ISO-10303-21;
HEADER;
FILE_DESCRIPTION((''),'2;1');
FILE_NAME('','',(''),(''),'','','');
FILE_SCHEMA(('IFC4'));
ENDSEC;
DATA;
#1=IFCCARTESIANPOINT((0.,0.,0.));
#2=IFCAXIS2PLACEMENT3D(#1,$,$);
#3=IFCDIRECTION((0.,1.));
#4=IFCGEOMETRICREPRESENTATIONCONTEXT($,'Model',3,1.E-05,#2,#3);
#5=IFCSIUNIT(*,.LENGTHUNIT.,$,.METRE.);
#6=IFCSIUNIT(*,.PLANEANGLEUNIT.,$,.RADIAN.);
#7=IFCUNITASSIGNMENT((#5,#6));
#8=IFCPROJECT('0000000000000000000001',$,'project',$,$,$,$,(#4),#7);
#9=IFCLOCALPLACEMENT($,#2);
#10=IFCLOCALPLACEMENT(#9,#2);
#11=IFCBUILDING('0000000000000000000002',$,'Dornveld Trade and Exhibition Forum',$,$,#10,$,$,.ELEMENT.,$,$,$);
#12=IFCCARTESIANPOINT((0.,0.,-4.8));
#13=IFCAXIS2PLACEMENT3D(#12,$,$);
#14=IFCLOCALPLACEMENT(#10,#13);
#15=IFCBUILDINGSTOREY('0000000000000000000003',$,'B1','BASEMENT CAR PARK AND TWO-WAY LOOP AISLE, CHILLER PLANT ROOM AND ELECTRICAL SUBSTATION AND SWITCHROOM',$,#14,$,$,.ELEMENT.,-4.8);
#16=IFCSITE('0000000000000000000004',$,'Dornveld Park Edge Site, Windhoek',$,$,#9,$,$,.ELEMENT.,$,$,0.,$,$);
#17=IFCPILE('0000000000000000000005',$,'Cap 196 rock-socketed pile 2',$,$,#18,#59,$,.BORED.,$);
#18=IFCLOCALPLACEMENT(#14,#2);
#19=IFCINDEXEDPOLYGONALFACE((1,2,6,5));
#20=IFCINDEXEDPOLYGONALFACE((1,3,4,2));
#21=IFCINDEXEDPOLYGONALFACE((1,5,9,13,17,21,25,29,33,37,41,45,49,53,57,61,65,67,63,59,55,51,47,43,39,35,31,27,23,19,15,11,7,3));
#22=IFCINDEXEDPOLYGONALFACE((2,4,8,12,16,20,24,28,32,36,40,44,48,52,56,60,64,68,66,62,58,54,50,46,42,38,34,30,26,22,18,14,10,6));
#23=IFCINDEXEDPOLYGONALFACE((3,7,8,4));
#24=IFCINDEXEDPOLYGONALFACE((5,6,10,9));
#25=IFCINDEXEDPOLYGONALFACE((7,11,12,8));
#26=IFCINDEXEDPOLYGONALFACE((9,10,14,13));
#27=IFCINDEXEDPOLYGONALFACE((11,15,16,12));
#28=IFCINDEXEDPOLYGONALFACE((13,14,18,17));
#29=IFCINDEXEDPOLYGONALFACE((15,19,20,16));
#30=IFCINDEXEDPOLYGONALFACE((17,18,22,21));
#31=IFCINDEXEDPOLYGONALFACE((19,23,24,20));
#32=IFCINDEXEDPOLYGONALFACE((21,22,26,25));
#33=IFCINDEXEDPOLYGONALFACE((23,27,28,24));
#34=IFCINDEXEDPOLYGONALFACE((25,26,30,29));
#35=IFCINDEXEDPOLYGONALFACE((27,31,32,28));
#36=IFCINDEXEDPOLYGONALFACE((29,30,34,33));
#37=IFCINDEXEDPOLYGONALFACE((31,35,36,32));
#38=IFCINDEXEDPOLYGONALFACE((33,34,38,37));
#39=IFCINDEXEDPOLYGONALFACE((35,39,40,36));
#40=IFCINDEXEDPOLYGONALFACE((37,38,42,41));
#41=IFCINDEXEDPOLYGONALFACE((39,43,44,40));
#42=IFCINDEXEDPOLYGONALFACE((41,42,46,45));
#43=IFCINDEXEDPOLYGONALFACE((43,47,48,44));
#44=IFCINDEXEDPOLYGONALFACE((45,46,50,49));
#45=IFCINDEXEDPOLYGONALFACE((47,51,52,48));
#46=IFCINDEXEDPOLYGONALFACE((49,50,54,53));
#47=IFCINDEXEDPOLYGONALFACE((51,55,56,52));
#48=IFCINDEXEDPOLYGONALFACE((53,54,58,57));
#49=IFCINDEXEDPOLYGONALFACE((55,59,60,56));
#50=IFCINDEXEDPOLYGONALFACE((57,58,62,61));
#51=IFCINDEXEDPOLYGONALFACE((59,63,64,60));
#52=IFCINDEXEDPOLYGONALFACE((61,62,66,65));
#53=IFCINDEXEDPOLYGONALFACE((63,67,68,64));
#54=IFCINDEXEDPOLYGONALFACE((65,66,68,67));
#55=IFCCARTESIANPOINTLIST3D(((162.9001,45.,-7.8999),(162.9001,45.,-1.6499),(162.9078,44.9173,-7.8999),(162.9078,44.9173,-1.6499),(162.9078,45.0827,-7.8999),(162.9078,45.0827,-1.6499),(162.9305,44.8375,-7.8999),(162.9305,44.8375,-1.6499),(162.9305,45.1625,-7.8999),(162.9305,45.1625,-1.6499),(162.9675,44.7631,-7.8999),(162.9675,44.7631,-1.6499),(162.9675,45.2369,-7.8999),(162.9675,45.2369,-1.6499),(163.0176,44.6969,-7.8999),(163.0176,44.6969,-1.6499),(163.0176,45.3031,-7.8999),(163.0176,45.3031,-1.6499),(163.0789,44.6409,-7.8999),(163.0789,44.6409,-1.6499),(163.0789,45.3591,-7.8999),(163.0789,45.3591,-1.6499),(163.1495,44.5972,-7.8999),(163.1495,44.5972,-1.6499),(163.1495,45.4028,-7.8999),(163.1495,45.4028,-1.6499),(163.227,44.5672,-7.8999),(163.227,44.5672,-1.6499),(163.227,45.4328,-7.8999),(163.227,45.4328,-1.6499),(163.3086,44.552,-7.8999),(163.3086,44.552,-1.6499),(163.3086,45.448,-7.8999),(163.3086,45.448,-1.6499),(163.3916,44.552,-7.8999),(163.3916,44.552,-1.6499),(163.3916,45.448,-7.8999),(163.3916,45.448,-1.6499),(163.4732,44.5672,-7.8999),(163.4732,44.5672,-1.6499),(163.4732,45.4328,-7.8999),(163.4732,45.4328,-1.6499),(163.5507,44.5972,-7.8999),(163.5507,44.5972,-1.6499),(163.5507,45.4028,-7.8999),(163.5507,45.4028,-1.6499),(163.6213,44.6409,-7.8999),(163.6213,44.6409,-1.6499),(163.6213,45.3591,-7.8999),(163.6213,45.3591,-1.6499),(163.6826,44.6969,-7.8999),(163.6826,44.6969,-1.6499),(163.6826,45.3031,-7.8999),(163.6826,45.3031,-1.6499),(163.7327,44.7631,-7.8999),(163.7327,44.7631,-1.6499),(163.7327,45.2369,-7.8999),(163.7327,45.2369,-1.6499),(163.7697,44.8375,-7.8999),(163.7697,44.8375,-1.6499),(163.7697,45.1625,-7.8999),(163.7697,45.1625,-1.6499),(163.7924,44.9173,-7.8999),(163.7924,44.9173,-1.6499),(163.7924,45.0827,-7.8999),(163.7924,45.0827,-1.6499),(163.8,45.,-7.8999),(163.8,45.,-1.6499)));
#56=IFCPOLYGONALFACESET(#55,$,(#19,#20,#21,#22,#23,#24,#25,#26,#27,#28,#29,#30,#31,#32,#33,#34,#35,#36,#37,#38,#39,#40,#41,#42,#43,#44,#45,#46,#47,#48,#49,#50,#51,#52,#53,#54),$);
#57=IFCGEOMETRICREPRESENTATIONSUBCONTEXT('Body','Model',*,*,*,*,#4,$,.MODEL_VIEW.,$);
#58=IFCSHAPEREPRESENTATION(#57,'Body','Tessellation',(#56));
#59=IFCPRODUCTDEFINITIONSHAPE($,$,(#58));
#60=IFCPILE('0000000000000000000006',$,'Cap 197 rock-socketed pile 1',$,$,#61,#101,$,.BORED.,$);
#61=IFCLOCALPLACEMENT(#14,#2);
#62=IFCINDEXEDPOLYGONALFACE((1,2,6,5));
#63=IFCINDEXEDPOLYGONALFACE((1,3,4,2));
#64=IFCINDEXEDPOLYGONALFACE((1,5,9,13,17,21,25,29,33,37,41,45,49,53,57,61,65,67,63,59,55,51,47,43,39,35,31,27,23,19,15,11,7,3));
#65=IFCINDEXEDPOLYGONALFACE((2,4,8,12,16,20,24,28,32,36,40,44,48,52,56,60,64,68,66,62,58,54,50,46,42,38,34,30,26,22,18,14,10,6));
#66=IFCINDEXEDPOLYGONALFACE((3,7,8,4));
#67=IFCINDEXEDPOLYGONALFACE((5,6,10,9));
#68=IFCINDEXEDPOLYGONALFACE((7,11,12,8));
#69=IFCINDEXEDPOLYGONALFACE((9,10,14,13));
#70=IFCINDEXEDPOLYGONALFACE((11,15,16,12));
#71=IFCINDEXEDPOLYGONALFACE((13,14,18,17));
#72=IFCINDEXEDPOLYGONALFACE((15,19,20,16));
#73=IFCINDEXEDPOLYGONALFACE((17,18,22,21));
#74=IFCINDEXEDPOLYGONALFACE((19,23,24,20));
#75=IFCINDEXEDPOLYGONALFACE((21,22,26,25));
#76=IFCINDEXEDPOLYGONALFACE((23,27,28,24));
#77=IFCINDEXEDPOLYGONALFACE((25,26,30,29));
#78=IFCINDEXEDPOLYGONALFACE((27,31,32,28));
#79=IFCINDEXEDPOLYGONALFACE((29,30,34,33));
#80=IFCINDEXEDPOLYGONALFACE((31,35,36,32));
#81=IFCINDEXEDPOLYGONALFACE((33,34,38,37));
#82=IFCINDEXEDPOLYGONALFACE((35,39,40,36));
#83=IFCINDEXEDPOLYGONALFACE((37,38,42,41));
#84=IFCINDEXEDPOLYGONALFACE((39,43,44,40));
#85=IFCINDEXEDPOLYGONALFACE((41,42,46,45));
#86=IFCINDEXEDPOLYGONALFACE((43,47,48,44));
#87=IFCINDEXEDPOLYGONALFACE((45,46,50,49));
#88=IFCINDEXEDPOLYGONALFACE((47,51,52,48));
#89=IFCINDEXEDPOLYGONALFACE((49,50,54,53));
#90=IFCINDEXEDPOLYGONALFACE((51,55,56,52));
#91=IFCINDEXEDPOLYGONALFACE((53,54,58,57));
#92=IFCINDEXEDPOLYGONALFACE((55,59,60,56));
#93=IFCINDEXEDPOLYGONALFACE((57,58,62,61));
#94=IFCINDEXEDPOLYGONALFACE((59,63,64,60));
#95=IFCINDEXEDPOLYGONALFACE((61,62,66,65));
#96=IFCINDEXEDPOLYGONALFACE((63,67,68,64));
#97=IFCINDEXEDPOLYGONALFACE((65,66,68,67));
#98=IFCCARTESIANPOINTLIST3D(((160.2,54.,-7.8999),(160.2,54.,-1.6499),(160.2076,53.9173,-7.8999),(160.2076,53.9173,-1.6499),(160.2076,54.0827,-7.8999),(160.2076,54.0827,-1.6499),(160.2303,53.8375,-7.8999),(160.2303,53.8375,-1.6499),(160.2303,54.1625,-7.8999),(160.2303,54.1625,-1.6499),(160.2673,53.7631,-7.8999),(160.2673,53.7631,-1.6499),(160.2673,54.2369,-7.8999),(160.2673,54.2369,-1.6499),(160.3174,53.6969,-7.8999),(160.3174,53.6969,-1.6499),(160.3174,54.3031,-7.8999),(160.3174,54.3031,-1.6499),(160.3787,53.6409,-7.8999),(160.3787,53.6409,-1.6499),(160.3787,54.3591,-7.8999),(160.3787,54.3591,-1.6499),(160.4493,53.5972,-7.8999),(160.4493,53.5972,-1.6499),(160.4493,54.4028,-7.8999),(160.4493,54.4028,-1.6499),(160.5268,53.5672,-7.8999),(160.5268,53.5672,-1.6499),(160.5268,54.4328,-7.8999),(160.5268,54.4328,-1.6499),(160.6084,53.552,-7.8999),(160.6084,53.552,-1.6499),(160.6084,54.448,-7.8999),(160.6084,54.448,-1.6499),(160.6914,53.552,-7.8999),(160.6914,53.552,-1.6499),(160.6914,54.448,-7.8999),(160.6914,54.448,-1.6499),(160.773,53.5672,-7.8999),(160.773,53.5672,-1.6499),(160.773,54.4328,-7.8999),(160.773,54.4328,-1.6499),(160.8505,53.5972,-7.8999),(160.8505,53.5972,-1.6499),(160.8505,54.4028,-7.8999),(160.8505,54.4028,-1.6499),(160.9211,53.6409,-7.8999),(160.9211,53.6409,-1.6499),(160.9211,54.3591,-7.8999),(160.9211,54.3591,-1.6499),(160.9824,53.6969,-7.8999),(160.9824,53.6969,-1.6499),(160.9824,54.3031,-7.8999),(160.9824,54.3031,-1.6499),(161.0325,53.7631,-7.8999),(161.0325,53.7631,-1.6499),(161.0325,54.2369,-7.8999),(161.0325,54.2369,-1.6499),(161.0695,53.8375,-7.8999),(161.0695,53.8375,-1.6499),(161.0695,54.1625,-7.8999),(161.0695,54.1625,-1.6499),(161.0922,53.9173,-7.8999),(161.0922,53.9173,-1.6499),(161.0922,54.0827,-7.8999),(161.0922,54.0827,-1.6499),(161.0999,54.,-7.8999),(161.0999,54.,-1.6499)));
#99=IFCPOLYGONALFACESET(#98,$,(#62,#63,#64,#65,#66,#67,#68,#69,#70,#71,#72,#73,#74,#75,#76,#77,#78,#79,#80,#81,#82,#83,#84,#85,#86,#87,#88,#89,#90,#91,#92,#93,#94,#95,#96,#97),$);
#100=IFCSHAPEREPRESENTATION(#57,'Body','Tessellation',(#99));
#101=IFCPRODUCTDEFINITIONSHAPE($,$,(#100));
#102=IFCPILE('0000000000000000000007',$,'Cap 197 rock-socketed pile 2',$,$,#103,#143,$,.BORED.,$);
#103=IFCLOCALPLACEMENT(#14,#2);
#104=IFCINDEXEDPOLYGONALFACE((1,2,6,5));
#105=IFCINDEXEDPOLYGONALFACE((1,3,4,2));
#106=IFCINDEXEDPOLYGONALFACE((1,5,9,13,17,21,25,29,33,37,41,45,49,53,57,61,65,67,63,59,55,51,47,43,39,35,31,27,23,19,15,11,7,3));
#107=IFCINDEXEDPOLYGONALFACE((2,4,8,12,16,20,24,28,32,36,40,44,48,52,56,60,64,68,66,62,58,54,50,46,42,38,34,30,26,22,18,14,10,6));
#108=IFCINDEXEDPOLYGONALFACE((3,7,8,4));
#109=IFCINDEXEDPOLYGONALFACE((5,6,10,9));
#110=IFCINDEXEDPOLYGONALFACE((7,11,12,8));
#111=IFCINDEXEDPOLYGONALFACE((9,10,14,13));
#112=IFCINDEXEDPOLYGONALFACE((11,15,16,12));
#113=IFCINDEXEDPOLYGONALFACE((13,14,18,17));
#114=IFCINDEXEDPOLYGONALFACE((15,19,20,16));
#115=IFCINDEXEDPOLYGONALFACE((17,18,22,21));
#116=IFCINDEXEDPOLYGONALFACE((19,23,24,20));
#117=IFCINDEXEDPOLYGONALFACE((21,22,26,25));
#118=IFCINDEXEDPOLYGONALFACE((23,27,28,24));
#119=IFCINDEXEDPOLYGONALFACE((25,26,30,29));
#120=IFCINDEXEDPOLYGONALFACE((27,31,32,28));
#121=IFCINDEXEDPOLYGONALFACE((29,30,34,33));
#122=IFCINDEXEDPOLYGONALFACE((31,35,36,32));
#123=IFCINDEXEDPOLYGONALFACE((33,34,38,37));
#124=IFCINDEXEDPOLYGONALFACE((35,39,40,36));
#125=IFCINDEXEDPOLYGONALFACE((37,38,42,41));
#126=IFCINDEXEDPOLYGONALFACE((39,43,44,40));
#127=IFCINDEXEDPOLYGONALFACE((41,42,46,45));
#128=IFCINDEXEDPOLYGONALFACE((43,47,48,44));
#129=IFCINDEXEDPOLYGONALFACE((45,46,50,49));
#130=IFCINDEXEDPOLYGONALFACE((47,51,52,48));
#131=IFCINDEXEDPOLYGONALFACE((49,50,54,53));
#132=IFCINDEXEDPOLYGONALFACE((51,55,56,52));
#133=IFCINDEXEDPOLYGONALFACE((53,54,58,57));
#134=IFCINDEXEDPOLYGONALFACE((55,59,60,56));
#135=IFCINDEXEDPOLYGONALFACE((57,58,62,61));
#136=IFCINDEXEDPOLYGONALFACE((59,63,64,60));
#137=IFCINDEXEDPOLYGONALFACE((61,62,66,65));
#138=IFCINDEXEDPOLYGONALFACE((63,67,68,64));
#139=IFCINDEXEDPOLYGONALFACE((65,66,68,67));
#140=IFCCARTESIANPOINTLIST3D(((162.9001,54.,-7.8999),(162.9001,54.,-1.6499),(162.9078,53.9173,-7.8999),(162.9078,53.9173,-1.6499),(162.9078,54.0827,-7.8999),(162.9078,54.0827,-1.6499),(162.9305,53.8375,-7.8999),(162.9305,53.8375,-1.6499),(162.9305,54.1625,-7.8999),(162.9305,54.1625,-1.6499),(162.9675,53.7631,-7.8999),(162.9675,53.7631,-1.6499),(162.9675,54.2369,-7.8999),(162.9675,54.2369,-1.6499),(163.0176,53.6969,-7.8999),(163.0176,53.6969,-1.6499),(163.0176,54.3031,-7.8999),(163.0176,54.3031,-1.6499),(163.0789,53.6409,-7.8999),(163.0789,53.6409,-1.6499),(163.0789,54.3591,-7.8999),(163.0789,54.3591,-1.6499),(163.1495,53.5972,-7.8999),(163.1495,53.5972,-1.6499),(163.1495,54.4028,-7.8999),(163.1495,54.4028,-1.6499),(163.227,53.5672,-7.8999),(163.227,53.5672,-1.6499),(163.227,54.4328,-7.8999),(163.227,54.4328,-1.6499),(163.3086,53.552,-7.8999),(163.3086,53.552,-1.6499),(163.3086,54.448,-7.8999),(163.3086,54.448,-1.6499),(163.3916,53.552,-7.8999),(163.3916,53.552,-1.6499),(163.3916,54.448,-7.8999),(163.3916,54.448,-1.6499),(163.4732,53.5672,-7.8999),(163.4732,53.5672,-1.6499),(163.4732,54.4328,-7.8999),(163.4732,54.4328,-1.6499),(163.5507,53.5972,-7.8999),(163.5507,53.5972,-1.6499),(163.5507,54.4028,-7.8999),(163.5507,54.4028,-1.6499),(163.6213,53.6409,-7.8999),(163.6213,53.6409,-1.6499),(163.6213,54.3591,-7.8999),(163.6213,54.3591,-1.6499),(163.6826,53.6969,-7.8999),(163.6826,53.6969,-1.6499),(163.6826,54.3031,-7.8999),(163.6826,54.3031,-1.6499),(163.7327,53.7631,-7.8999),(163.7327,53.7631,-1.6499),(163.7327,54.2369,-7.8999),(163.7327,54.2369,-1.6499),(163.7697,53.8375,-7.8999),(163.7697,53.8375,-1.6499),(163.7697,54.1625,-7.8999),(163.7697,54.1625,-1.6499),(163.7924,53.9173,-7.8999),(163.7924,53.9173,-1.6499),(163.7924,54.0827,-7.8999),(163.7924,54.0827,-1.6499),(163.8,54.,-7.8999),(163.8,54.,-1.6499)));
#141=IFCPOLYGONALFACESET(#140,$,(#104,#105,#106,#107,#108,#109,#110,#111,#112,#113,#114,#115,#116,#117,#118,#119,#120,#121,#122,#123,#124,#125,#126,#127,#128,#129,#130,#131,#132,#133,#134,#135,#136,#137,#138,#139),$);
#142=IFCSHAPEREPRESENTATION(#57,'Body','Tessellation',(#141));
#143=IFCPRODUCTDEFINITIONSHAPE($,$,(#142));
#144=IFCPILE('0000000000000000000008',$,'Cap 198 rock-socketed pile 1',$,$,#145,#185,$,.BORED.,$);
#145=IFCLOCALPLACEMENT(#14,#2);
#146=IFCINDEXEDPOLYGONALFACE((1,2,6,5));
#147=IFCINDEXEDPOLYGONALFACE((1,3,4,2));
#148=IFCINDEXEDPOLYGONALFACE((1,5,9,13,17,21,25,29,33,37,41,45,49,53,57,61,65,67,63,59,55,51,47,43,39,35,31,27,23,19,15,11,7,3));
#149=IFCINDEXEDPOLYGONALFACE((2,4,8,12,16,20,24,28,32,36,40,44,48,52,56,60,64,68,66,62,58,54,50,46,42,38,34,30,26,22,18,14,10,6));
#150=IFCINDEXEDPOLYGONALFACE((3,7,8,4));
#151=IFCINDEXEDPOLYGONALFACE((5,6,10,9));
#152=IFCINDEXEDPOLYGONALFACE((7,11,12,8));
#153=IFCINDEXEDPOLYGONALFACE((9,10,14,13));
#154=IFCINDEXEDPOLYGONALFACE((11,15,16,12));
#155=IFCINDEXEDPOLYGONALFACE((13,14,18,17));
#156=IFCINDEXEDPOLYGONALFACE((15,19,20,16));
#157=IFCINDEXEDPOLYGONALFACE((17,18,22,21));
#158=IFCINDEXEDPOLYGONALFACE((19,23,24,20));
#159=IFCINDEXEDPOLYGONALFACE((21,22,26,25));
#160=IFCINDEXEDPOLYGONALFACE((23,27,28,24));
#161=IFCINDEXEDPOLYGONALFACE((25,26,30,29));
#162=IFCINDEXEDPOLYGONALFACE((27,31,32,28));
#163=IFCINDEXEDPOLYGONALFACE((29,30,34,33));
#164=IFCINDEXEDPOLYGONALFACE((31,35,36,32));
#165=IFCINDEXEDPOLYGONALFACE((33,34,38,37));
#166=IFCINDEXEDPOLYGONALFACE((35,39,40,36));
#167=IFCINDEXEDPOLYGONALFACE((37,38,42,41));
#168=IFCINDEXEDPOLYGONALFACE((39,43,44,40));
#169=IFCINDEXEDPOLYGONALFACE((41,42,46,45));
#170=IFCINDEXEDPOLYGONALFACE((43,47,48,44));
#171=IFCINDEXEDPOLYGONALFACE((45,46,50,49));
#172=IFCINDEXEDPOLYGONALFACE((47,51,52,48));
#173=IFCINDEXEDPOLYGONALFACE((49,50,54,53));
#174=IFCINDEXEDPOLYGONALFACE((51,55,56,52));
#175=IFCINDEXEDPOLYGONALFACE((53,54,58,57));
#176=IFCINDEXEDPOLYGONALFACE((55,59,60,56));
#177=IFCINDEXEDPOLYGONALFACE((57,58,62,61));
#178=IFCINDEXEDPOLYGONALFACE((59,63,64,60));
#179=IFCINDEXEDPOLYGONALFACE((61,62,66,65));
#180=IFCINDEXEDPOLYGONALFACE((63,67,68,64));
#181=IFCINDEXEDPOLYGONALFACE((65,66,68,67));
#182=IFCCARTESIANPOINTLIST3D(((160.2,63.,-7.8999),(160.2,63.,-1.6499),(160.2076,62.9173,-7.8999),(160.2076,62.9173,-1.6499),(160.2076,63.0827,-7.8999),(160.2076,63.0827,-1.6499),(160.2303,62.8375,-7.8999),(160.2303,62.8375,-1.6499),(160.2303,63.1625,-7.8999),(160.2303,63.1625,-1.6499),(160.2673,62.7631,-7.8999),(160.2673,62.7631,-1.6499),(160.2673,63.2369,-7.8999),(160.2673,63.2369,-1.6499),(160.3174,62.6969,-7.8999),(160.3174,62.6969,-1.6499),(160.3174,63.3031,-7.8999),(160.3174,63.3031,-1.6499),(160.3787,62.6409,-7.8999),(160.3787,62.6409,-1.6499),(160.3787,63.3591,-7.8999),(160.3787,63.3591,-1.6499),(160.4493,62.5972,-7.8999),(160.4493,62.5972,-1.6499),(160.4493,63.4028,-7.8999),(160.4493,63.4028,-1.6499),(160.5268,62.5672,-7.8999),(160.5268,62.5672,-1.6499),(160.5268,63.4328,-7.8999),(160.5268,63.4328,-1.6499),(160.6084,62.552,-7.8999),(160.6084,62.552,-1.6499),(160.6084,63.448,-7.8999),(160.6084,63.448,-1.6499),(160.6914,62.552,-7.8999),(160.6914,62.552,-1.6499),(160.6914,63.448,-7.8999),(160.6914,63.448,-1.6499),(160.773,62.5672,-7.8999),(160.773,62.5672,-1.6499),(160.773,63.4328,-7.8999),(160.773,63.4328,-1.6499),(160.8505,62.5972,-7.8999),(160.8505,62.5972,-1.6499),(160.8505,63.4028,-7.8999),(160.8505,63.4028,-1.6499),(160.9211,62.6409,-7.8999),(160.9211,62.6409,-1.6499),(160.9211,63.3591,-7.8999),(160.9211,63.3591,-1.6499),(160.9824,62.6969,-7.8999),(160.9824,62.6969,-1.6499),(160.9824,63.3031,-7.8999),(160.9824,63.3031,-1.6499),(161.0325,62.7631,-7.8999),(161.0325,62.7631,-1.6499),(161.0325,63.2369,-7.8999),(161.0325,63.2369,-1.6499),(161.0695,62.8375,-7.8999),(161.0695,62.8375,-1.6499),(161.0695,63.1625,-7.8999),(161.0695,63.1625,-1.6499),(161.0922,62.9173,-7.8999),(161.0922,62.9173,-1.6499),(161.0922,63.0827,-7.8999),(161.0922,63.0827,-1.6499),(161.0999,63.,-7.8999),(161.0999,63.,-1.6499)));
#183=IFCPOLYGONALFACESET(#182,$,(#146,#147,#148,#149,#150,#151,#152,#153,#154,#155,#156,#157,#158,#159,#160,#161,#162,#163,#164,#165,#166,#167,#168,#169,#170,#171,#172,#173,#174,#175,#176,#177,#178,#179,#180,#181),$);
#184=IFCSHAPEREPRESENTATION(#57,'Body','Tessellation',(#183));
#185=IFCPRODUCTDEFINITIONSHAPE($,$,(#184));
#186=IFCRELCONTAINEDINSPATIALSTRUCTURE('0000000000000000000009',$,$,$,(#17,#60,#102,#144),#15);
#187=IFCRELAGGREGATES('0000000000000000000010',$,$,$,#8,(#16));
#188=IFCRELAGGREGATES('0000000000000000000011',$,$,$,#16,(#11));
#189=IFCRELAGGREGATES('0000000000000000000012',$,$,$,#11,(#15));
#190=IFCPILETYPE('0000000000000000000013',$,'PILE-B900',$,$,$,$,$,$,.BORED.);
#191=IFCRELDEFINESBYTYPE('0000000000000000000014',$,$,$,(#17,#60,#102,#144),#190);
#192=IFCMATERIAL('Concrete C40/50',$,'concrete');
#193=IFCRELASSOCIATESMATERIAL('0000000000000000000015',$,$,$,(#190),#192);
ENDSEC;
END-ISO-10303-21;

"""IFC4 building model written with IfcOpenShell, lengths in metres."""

from ifc_helpers import new_model, si_unit, direction, frame, origin, origin_2d, place, context, subcontext, project, spatial, circle, extrude, material, material_profile, profile_set, type_object, element, save


model = new_model("IFC4")

# Units and contexts
model_context = context("Model", 3, precision=1e-05, world=origin(), true_north=direction((0.0, 1.0)))
body_context = subcontext(model_context, "Body", "Model", "MODEL_VIEW")
ifc_project = project(units=[si_unit("LENGTHUNIT", "METRE"), si_unit("PLANEANGLEUNIT", "RADIAN")], contexts=[model_context])

# Site, building, storey
site_placement = place(None, origin())
site = spatial("IfcSite", under=ifc_project, at=site_placement, Name="Dornveld Park Edge Site, Windhoek", CompositionType="ELEMENT", RefElevation=0.0)
building_placement = place(site_placement, origin())
building = spatial("IfcBuilding", under=site, at=building_placement, Name="Dornveld Trade and Exhibition Forum", CompositionType="ELEMENT")
storey_placement = place(building_placement, frame((0.0, 0.0, -4.8)))
storey = spatial("IfcBuildingStorey", under=building, at=storey_placement, Name="B1", Description="BASEMENT CAR PARK AND TWO-WAY LOOP AISLE, CHILLER PLANT ROOM AND ELECTRICAL SUBSTATION AND SWITCHROOM", CompositionType="ELEMENT", Elevation=-4.8)

# Piles
ifc_material_1 = material(Name="Concrete C40/50", Category="concrete")
ifc_material_profile_1 = material_profile(ifc_material_1, circle(Radius=0.45, at=origin_2d()), Name="PILE D900")
ifc_profile_set_1 = profile_set([ifc_material_profile_1], Name="Concrete C40/50")
pile_type = type_object("IfcPileType", Name="PILE-B900", PredefinedType="BORED", material=ifc_profile_set_1)
for number, where, z_axis, x_axis, name in (
    (1, (163.3501, 45.0, -1.6499), (0.0, 0.0, -1.0), (1.0, 0.0, 0.0), "Cap 196 rock-socketed pile 2"),
    (2, (160.6499, 54.0, -1.6499), (0.0, 0.0, -1.0), (1.0, 0.0, 0.0), "Cap 197 rock-socketed pile 1"),
    (3, (163.3501, 54.0, -1.6499), (0.0, 0.0, -1.0), (1.0, 0.0, 0.0), "Cap 197 rock-socketed pile 2"),
    (4, (160.6499, 63.0, -1.6499), (0.0, 0.0, -1.0), (1.0, 0.0, 0.0), "Cap 198 rock-socketed pile 1"),
):
    element("IfcPile", number, at=place(storey_placement, frame(where, z_axis=z_axis, x_axis=x_axis)), inside=storey, type_object=pile_type, Name=name, PredefinedType="BORED", context=body_context, shape_type="SweptSolid", body=[
        extrude(circle(Radius=0.45, at=origin_2d()), origin(), (0.0, 0.0, 1.0), 6.25),
    ])

save(model, "model.ifc")
